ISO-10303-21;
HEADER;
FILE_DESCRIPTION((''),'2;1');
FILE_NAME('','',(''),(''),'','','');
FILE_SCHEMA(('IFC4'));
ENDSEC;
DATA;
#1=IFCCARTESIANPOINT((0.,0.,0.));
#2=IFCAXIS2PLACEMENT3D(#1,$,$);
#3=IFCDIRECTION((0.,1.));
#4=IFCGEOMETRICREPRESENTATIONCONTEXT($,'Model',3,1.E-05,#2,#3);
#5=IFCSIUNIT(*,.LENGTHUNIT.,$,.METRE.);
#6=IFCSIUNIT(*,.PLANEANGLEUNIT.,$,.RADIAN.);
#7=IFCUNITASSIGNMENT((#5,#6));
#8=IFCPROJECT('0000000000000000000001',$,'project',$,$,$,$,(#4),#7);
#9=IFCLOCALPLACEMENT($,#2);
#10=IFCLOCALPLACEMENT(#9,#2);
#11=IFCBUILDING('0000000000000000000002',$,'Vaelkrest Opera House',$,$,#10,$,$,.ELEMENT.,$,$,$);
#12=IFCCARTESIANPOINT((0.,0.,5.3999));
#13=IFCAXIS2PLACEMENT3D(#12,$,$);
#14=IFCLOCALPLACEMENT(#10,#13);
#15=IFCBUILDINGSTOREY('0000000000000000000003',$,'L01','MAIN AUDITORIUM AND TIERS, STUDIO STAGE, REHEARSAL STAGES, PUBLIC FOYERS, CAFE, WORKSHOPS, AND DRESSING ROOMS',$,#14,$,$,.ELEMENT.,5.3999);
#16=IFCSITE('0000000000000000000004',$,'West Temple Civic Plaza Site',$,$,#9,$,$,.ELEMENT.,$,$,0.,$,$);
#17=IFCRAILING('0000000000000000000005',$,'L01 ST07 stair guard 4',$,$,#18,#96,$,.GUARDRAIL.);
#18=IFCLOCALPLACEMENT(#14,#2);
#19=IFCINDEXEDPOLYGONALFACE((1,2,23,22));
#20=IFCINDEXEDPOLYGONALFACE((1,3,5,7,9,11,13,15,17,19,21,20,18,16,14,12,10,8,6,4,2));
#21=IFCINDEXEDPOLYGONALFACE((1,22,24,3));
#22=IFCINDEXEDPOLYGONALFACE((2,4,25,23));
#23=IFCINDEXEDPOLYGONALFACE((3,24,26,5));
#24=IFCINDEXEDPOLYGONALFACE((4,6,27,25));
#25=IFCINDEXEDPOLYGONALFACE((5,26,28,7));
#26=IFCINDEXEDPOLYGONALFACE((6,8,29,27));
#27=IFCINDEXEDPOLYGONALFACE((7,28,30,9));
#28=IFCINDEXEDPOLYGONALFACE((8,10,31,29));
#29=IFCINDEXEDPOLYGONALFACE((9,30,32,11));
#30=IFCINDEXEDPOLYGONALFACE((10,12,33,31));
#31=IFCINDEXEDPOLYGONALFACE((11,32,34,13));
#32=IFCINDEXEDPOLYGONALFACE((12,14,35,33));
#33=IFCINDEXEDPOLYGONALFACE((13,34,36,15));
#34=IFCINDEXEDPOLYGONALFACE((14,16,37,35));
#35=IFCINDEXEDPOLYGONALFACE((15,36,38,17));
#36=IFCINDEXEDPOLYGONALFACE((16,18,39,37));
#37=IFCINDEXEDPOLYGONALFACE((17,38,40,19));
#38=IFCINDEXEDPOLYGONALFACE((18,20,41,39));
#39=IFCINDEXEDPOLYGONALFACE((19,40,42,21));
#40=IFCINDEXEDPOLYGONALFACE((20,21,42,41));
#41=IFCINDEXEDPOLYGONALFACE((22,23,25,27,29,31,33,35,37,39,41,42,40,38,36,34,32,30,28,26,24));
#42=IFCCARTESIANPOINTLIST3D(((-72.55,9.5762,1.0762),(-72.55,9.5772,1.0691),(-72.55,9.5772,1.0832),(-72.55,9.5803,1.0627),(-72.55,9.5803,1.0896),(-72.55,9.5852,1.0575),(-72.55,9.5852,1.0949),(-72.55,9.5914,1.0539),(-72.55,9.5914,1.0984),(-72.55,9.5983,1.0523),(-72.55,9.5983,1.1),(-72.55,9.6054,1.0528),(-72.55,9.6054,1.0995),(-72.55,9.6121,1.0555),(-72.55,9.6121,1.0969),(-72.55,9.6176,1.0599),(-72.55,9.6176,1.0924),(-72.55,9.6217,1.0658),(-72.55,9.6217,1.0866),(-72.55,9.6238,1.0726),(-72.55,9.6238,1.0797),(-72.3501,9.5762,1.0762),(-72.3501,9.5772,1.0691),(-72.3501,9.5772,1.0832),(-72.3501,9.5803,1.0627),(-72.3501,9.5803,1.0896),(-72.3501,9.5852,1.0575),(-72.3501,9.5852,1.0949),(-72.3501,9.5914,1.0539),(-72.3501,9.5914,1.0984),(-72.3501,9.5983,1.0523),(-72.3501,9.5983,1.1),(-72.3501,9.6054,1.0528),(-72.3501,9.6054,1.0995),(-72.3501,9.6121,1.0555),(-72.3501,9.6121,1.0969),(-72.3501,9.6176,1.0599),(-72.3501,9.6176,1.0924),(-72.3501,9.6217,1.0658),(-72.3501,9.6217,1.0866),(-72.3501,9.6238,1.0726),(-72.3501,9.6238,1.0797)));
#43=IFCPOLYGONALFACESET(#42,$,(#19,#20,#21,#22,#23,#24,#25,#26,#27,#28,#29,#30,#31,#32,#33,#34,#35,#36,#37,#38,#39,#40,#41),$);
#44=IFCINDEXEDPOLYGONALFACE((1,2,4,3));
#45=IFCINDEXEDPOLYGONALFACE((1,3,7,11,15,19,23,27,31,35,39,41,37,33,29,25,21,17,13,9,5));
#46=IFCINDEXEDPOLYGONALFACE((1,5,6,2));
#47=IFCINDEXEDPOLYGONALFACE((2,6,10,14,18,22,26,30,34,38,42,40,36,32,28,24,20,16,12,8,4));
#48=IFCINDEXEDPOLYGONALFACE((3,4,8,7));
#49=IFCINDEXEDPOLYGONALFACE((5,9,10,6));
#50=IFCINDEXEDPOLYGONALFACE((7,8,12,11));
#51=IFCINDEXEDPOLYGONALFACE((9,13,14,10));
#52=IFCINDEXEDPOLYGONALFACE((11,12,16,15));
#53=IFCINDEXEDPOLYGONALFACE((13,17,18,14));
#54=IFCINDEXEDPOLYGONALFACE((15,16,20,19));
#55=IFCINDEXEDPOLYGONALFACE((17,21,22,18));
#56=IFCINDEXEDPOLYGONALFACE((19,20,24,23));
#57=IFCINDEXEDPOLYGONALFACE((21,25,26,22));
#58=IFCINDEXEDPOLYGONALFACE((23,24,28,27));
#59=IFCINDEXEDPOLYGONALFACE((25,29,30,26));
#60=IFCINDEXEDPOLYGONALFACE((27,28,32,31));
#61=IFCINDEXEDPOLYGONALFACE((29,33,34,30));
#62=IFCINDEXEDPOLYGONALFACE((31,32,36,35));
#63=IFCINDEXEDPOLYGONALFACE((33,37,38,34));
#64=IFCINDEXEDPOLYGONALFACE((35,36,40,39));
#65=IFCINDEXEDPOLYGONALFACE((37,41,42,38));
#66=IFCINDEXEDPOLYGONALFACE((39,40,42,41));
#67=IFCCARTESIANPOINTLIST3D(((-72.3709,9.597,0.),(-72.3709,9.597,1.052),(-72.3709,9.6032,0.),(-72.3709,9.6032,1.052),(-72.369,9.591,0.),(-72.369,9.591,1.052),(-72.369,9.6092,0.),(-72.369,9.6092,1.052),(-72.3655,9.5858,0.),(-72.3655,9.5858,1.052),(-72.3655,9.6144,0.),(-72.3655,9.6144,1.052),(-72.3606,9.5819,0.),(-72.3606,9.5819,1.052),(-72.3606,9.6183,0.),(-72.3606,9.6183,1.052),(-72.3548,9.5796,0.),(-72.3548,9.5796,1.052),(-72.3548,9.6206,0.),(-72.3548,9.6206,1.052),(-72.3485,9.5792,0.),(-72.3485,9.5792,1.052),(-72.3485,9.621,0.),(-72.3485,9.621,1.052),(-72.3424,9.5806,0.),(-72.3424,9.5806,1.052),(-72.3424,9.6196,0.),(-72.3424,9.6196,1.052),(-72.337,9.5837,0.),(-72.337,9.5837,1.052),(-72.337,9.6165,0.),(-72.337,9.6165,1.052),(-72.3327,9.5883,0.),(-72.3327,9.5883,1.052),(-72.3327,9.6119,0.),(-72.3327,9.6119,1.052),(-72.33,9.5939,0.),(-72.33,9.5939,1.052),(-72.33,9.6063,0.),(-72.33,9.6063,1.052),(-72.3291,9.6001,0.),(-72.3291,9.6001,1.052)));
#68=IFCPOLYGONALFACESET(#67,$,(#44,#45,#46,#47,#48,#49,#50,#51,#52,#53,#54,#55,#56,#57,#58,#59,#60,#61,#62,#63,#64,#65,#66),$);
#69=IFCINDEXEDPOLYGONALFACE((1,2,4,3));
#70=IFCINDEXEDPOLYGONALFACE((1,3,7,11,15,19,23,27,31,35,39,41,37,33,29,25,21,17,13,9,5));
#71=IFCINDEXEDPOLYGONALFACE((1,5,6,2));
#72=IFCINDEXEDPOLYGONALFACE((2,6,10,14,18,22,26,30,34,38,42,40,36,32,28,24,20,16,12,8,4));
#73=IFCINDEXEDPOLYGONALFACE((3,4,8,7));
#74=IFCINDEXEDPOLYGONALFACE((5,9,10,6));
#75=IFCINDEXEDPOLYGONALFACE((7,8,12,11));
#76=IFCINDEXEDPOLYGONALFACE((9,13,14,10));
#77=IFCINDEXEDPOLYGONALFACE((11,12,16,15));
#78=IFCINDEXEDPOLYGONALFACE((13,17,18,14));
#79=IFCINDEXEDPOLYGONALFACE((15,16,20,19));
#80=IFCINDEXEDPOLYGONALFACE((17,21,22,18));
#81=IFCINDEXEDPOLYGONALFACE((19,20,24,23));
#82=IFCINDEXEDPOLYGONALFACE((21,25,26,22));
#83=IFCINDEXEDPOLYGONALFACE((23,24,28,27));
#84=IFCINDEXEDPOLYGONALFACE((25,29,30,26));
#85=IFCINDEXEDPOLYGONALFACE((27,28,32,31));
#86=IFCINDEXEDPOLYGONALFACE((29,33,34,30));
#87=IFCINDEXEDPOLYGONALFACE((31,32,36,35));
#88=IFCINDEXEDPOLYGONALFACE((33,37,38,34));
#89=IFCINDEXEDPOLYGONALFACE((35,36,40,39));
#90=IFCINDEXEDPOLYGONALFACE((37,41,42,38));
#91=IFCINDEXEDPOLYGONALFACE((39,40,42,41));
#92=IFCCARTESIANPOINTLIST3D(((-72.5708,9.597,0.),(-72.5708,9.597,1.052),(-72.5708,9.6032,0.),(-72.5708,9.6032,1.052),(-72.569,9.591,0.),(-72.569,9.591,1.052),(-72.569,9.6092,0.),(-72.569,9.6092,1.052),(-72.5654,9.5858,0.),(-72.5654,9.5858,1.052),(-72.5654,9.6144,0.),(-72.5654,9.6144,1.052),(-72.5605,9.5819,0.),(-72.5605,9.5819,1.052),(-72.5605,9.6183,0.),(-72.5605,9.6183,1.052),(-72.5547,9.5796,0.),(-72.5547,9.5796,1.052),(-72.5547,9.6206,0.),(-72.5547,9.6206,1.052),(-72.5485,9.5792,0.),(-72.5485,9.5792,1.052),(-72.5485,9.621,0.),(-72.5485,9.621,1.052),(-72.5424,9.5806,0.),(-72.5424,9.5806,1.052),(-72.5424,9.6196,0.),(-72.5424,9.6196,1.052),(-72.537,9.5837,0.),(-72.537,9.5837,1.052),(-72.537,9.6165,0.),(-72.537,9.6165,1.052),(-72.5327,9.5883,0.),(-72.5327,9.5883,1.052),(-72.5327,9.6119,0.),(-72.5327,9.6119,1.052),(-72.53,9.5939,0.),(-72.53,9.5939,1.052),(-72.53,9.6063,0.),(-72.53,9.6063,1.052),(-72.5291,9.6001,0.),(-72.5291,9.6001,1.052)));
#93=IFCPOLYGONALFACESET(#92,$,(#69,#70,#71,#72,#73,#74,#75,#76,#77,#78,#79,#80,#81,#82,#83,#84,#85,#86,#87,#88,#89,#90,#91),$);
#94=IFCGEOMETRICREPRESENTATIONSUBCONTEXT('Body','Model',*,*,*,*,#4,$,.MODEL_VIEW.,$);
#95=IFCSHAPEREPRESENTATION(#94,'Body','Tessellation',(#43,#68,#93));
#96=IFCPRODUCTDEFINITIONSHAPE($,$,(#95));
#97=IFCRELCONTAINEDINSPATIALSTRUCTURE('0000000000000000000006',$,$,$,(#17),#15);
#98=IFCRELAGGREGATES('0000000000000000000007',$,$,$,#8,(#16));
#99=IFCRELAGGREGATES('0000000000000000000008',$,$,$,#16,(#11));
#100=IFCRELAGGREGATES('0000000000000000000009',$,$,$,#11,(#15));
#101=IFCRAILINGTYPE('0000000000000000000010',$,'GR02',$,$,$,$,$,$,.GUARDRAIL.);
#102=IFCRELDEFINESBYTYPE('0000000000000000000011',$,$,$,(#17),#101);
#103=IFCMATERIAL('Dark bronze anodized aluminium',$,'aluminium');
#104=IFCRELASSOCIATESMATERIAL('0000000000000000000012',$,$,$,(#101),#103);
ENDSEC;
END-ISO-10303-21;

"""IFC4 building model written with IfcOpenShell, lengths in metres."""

from ifc_helpers import new_model, si_unit, direction, frame, origin, origin_2d, place, context, subcontext, project, spatial, circle, extrude, material, type_object, element, save


model = new_model("IFC4")

# Units and contexts
model_context = context("Model", 3, precision=1e-05, world=origin(), true_north=direction((0.0, 1.0)))
body_context = subcontext(model_context, "Body", "Model", "MODEL_VIEW")
ifc_project = project(units=[si_unit("LENGTHUNIT", "METRE"), si_unit("PLANEANGLEUNIT", "RADIAN")], contexts=[model_context])

# Site, building, storey
site_placement = place(None, origin())
site = spatial("IfcSite", under=ifc_project, at=site_placement, Name="West Temple Civic Plaza Site", CompositionType="ELEMENT", RefElevation=0.0)
building_placement = place(site_placement, origin())
building = spatial("IfcBuilding", under=site, at=building_placement, Name="Vaelkrest Opera House", CompositionType="ELEMENT")
storey_placement = place(building_placement, frame((0.0, 0.0, 5.3999)))
storey = spatial("IfcBuildingStorey", under=building, at=storey_placement, Name="L01", Description="MAIN AUDITORIUM AND TIERS, STUDIO STAGE, REHEARSAL STAGES, PUBLIC FOYERS, CAFE, WORKSHOPS, AND DRESSING ROOMS", CompositionType="ELEMENT", Elevation=5.3999)

# Shared definitions
ifc_material_1 = material(Name="Dark bronze anodized aluminium", Category="aluminium")

# Railing
railing_type_1 = type_object("IfcRailingType", Name="GR02", PredefinedType="GUARDRAIL", material=ifc_material_1)
railing_1_placement = place(storey_placement, frame((-72.3501, 9.6001, 0.0)))
element("IfcRailing", 1, at=railing_1_placement, inside=storey, type_object=railing_type_1, Name="L01 ST07 stair guard 4", PredefinedType="GUARDRAIL", context=body_context, shape_type="SweptSolid", body=[
    extrude(circle(Radius=0.0239, at=origin_2d()), frame((0.0, 0.0, 1.0762), z_axis=(-1.0, 0.0, 0.0), x_axis=(0.0, -1.0, 0.0)), (0.0, 0.0, 1.0), 0.2),
    extrude(circle(Radius=0.021, at=origin_2d()), origin(), (0.0, 0.0, 1.0), 1.052),
    extrude(circle(Radius=0.021, at=origin_2d()), frame((-0.2, 0.0, 0.0)), (0.0, 0.0, 1.0), 1.052),
])

save(model, "model.ifc")
